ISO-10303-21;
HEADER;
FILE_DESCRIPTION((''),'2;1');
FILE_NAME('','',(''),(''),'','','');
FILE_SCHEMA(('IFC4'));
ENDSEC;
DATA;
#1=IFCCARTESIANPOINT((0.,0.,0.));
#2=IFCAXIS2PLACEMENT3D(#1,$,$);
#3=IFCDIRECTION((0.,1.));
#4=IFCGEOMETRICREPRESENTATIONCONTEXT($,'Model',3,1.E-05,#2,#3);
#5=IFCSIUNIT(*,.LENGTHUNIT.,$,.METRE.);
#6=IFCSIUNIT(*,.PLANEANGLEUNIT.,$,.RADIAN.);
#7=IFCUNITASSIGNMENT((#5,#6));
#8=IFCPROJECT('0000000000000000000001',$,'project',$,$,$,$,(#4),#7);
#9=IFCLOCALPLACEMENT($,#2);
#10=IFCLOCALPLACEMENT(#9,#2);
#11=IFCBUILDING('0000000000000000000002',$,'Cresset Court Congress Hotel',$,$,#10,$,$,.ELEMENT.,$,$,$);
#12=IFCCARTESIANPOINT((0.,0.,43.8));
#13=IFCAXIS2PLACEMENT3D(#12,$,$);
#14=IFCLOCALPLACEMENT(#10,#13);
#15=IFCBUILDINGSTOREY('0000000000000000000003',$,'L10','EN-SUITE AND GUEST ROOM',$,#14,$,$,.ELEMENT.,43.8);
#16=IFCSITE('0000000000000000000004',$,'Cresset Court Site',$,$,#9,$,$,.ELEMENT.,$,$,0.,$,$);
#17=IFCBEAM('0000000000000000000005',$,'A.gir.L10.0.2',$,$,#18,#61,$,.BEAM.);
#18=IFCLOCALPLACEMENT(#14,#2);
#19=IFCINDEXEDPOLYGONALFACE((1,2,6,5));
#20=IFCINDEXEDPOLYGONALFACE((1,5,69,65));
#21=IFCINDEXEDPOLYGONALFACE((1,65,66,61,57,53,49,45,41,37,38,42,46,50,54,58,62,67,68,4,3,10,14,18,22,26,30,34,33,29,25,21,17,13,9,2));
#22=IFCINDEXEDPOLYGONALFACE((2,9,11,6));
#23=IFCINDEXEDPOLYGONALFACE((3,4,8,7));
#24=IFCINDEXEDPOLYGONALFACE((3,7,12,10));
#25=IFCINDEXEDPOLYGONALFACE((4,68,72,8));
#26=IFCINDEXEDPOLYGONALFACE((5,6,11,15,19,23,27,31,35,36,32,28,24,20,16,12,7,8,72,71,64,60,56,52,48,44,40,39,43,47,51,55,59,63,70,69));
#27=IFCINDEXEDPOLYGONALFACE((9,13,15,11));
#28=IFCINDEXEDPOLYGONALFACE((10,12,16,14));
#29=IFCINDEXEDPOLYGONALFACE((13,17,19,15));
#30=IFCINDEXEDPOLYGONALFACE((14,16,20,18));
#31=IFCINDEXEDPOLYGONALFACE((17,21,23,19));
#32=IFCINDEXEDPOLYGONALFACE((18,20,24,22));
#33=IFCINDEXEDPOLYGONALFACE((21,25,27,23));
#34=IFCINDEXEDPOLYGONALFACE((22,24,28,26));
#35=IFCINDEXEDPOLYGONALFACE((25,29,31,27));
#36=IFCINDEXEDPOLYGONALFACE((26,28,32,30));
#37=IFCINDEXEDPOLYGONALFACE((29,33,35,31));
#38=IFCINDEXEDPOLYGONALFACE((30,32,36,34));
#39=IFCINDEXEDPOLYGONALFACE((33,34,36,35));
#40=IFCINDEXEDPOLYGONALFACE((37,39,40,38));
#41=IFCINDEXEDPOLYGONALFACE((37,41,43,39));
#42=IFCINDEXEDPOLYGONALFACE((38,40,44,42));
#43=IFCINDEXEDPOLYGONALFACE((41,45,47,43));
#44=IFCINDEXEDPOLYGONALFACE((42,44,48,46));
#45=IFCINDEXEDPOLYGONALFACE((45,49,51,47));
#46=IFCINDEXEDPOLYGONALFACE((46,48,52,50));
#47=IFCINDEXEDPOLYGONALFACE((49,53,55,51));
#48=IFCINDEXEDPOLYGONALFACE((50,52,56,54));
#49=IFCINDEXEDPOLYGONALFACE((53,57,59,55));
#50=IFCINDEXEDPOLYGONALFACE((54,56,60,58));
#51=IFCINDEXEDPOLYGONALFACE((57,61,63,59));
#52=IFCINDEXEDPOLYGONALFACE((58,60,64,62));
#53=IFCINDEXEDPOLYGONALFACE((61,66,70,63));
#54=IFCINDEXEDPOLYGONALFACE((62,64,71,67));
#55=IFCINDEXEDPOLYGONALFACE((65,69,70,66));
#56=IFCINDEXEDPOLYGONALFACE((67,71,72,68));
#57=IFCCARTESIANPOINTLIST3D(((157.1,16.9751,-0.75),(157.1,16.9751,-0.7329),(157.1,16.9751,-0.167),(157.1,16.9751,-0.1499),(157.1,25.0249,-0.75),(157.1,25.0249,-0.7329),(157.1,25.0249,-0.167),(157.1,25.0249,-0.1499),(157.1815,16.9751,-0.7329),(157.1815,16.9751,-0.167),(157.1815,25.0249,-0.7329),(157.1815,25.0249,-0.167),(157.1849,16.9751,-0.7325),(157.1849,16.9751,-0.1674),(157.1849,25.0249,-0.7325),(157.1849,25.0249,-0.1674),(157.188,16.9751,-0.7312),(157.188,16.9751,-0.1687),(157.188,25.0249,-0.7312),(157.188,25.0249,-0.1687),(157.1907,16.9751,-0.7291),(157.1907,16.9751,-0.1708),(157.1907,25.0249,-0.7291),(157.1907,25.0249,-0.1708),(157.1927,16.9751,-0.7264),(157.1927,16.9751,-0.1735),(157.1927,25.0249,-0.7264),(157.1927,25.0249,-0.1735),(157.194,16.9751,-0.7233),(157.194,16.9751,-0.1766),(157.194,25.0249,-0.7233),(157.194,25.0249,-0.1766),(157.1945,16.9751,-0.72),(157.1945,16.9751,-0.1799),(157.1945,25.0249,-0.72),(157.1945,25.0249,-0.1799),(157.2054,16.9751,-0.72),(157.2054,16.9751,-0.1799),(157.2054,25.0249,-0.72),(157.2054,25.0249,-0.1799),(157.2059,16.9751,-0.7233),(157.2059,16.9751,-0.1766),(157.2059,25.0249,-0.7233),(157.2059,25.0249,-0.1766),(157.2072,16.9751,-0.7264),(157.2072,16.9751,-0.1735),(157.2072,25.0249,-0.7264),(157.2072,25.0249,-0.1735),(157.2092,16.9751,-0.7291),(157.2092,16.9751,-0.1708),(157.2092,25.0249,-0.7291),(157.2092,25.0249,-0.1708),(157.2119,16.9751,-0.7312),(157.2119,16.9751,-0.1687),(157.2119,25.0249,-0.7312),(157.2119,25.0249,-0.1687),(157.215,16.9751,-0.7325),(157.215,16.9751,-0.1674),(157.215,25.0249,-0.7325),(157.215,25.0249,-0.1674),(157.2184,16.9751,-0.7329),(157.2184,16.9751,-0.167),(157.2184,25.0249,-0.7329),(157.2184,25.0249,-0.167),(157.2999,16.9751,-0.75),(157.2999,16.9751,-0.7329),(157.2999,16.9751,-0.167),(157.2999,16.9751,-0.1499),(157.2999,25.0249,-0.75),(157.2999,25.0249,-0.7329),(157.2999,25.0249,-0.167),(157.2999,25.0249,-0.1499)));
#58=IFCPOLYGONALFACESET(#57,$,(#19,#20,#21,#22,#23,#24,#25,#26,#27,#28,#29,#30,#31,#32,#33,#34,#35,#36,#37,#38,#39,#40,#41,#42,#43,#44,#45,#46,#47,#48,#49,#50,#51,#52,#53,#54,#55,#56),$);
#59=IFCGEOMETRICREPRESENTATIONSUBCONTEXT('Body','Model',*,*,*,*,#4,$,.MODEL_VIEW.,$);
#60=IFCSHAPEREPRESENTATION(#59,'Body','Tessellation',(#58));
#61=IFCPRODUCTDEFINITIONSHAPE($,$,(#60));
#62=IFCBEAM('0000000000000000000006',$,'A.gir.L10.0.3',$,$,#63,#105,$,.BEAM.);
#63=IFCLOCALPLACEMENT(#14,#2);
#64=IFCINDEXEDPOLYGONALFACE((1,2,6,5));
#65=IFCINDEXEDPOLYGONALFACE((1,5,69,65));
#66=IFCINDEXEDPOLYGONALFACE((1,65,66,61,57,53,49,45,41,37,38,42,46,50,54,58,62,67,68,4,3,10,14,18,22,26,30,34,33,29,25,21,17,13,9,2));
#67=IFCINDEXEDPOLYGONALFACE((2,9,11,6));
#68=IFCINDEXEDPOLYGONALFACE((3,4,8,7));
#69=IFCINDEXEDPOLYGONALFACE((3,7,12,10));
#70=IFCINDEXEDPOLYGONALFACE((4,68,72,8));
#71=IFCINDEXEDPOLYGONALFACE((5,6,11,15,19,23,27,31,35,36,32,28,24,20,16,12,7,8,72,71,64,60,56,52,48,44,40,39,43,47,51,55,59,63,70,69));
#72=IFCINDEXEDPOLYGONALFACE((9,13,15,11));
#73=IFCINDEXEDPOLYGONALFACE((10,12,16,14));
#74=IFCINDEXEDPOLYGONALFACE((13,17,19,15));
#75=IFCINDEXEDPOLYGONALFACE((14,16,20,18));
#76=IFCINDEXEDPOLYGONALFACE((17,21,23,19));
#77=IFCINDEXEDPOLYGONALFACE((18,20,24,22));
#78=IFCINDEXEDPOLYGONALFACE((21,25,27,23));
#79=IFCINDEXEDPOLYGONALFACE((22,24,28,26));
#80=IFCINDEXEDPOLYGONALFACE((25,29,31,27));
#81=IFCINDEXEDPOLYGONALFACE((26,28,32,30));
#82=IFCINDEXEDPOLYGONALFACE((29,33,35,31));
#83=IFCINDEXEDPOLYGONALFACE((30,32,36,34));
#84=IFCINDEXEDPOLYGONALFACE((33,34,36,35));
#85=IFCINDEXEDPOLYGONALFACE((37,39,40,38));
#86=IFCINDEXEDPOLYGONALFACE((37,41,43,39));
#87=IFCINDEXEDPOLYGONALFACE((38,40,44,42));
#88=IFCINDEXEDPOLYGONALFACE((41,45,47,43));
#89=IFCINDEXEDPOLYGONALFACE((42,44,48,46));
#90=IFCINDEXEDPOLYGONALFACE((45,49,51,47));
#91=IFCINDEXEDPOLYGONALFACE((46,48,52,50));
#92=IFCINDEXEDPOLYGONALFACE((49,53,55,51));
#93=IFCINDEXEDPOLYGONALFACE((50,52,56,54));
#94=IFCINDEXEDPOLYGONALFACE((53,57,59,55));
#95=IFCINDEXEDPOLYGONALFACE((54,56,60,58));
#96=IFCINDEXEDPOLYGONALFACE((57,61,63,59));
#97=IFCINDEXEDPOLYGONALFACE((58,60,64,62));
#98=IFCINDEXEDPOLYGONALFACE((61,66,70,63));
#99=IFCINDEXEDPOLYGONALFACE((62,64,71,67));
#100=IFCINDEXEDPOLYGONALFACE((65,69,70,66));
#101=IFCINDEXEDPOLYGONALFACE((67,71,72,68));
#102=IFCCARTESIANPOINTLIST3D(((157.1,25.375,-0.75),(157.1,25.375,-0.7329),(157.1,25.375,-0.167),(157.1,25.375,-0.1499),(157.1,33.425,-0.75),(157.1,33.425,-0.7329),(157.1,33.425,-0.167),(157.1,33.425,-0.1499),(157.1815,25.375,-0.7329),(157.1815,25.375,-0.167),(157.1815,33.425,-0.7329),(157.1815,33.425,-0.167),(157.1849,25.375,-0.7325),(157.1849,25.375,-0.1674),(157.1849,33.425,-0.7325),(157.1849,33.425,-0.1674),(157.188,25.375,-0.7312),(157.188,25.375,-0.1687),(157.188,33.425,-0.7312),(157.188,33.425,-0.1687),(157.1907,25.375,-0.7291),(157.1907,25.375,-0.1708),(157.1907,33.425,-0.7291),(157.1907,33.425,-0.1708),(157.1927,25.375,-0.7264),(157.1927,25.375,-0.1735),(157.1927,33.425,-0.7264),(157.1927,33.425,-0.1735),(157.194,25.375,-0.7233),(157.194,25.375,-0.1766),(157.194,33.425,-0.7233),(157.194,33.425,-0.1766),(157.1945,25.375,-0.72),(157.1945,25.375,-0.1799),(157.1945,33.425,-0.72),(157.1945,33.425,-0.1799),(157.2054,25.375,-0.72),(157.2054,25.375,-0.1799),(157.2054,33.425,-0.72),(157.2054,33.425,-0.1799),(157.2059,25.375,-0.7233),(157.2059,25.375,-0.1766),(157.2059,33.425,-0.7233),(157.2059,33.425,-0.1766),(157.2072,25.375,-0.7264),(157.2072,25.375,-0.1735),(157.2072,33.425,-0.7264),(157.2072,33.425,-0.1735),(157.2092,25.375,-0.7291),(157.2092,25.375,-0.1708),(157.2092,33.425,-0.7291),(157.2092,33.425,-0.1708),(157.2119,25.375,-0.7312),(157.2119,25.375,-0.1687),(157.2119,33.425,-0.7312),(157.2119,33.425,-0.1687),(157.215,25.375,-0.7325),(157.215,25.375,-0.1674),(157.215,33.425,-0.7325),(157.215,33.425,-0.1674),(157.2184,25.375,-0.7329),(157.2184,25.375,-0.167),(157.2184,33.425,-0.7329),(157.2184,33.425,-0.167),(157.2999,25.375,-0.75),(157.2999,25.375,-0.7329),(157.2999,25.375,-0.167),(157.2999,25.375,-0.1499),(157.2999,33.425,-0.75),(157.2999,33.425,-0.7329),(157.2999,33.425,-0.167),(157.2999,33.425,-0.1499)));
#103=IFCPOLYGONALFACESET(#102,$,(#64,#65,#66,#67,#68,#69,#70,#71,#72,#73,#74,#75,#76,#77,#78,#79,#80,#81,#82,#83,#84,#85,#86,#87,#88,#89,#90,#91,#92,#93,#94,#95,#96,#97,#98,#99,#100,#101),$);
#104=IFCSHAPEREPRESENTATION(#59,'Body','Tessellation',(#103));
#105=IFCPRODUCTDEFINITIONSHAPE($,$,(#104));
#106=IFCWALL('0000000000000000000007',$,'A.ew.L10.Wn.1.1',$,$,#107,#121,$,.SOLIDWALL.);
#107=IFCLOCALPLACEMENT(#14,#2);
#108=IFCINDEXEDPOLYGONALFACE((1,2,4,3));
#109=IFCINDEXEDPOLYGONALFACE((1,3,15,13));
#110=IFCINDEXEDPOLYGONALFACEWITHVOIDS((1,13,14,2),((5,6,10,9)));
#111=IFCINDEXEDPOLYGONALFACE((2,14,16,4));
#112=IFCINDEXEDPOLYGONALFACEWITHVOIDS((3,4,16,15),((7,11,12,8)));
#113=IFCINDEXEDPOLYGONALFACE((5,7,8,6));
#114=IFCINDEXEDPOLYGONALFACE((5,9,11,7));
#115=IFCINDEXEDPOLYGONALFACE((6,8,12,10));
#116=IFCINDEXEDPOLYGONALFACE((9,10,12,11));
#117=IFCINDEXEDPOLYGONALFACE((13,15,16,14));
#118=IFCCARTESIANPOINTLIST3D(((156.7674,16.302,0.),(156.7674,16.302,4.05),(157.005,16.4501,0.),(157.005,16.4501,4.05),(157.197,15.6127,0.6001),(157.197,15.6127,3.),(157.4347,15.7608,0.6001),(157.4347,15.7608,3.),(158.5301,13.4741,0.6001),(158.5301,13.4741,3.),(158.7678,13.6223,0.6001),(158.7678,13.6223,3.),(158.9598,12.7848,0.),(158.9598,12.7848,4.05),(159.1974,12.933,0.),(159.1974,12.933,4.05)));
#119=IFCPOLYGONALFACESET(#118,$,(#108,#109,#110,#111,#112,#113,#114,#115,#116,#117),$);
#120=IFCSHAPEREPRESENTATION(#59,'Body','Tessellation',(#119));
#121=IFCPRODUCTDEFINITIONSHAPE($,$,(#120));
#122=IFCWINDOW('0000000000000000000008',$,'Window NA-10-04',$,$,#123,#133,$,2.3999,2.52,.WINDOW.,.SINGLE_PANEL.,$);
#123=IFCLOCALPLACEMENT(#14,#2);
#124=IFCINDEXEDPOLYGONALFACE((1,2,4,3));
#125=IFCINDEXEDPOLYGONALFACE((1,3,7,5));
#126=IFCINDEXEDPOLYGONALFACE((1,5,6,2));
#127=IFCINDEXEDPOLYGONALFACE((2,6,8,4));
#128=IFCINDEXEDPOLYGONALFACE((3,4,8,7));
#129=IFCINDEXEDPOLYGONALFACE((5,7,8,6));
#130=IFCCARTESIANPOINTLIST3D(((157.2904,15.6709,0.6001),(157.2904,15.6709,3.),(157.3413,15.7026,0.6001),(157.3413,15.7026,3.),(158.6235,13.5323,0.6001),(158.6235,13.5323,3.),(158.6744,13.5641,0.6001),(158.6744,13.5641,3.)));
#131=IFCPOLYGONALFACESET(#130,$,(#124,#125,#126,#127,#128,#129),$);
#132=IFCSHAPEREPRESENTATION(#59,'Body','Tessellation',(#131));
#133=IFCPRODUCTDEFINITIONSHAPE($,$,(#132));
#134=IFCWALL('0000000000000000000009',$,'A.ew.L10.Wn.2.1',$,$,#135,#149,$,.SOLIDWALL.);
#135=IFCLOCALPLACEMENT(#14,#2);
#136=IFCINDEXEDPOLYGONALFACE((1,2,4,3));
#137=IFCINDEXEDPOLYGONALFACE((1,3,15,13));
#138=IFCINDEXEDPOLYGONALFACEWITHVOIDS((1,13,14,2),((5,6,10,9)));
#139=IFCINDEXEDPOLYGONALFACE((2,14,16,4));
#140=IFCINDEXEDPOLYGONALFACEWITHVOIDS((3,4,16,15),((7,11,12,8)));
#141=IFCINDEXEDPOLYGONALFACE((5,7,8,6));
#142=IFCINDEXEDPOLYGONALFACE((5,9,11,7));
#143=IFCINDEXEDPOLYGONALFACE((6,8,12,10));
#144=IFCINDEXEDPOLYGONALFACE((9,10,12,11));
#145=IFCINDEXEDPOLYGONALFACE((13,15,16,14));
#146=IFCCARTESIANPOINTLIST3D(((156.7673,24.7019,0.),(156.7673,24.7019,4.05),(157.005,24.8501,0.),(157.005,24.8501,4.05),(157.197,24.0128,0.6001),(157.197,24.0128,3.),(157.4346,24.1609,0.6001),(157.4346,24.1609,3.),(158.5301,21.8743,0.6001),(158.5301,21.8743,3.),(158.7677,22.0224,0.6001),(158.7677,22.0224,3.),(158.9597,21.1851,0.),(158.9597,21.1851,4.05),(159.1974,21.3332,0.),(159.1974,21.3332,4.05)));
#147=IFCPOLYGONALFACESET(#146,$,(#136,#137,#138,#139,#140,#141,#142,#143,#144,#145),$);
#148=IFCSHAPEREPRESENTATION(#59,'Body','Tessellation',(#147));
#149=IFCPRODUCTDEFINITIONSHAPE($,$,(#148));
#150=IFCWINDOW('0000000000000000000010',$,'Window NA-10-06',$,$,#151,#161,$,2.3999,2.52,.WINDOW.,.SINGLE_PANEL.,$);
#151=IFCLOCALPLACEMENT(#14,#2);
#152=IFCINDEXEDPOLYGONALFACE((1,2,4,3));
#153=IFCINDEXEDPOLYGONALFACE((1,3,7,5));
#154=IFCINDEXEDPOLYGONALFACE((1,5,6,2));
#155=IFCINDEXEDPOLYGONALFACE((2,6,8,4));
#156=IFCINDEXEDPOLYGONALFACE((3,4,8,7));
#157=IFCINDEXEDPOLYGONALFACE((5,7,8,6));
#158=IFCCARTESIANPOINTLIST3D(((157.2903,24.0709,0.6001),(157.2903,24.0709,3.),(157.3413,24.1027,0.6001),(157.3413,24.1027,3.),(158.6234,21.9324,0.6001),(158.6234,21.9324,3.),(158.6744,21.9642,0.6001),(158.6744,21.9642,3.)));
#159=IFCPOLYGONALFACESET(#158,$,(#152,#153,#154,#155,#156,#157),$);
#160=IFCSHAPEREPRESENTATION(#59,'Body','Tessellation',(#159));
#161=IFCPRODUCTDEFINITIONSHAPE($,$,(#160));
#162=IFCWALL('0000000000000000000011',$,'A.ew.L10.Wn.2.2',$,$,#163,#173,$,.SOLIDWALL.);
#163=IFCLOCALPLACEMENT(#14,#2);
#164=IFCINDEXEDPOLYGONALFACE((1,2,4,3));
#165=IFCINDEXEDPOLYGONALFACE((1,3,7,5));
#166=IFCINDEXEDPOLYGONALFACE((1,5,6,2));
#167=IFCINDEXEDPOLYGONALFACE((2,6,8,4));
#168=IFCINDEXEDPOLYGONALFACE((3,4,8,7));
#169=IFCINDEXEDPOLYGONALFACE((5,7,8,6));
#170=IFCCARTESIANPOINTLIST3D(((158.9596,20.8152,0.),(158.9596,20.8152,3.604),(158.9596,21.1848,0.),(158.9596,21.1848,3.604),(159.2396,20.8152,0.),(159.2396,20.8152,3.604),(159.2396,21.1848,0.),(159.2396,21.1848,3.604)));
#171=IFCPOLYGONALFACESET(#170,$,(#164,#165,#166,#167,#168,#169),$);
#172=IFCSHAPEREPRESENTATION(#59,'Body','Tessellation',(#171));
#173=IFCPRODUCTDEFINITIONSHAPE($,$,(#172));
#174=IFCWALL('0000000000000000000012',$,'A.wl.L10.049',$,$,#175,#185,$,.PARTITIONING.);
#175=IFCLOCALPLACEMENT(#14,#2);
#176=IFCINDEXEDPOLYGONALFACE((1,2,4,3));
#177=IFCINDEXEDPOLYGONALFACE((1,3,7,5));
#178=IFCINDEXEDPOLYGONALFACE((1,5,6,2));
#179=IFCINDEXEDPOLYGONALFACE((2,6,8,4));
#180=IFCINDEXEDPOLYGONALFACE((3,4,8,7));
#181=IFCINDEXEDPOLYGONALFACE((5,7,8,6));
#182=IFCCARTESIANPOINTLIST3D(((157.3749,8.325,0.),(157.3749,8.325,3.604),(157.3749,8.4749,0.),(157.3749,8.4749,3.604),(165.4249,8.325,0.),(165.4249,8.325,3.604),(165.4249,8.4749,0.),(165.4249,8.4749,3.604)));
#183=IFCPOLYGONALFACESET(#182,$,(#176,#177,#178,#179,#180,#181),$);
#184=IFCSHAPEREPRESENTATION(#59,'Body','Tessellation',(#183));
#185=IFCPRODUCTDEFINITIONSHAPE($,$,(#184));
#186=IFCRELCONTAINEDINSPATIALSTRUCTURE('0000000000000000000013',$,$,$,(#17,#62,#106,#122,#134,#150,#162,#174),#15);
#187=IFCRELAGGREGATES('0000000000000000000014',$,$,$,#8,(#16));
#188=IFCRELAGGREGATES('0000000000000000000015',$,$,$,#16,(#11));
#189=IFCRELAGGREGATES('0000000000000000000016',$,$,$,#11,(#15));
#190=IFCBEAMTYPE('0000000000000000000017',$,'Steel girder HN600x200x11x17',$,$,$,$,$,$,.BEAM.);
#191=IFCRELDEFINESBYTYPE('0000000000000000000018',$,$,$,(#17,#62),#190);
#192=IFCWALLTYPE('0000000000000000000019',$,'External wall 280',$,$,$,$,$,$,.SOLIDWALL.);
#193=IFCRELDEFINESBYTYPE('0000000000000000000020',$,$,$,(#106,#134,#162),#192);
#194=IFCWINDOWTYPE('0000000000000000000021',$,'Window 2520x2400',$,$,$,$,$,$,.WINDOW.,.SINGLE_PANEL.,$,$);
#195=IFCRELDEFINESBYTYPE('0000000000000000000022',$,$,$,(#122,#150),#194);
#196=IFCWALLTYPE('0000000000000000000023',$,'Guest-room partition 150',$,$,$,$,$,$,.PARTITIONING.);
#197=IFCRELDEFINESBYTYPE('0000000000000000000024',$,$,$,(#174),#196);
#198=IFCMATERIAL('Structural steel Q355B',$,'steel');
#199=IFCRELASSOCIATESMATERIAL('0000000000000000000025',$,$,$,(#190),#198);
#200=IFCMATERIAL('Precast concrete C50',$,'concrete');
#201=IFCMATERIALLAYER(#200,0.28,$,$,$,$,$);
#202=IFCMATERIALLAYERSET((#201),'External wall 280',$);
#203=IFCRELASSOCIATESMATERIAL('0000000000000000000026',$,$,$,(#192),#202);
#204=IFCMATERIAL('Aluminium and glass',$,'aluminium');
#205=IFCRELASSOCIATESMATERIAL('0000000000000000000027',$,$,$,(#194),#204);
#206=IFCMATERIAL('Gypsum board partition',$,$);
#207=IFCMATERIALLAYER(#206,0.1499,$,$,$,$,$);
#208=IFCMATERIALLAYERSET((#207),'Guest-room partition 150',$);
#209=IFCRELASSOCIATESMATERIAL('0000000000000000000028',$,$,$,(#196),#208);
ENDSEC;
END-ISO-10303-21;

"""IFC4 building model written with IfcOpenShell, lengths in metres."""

from ifc_helpers import new_model, si_unit, direction, frame, frame_2d, origin, origin_2d, place, context, subcontext, project, spatial, rectangle, i_section, extrude, material, layer, layer_set, material_profile, profile_set, type_object, element, fill, save


model = new_model("IFC4")

# Units and contexts
model_context = context("Model", 3, precision=1e-05, world=origin(), true_north=direction((0.0, 1.0)))
body_context = subcontext(model_context, "Body", "Model", "MODEL_VIEW")
ifc_project = project(units=[si_unit("LENGTHUNIT", "METRE"), si_unit("PLANEANGLEUNIT", "RADIAN")], contexts=[model_context])

# Site, building, storey
site_placement = place(None, origin())
site = spatial("IfcSite", under=ifc_project, at=site_placement, Name="Cresset Court Site", CompositionType="ELEMENT", RefElevation=0.0)
building_placement = place(site_placement, origin())
building = spatial("IfcBuilding", under=site, at=building_placement, Name="Cresset Court Congress Hotel", CompositionType="ELEMENT")
storey_placement = place(building_placement, frame((0.0, 0.0, 43.8)))
storey = spatial("IfcBuildingStorey", under=building, at=storey_placement, Name="L10", Description="EN-SUITE AND GUEST ROOM", CompositionType="ELEMENT", Elevation=43.8)

# Beams
ifc_material_1 = material(Name="Structural steel Q355B", Category="steel")
ifc_material_profile_1 = material_profile(ifc_material_1, i_section(OverallWidth=0.2, OverallDepth=0.6001, WebThickness=0.011, FlangeThickness=0.0171, FilletRadius=0.0129, at=origin_2d()), Name="HN600x200x11x17")
ifc_profile_set_1 = profile_set([ifc_material_profile_1], Name="Structural steel Q355B")
beam_type_1 = type_object("IfcBeamType", Name="Steel girder HN600x200x11x17", PredefinedType="BEAM", material=ifc_profile_set_1)
beam_1_placement = place(storey_placement, frame((157.2, 16.9751, -0.45), z_axis=(0.0, 1.0, 0.0), x_axis=(-1.0, 0.0, 0.0)))
element("IfcBeam", 1, at=beam_1_placement, inside=storey, type_object=beam_type_1, Name="A.gir.L10.0.2", PredefinedType="BEAM", context=body_context, shape_type="SweptSolid", body=[
    extrude(i_section(OverallWidth=0.2, OverallDepth=0.6001, WebThickness=0.011, FlangeThickness=0.0171, FilletRadius=0.0129, at=origin_2d()), origin(), (0.0, 0.0, 1.0), 8.0498),
])
beam_2_placement = place(storey_placement, frame((157.2, 25.375, -0.45), z_axis=(0.0, 1.0, 0.0), x_axis=(-1.0, 0.0, 0.0)))
element("IfcBeam", 2, at=beam_2_placement, inside=storey, type_object=beam_type_1, Name="A.gir.L10.0.3", PredefinedType="BEAM", context=body_context, shape_type="SweptSolid", body=[
    extrude(i_section(OverallWidth=0.2, OverallDepth=0.6001, WebThickness=0.011, FlangeThickness=0.0171, FilletRadius=0.0129, at=origin_2d()), origin(), (0.0, 0.0, 1.0), 8.05),
])

# Wall, opening, window
ifc_material_2 = material(Name="Precast concrete C50", Category="concrete")
ifc_layer_1 = layer(ifc_material_2, 0.28)
ifc_layer_set_1 = layer_set([ifc_layer_1], Name="External wall 280")
wall_type_1 = type_object("IfcWallType", Name="External wall 280", PredefinedType="SOLIDWALL", material=ifc_layer_set_1)
wall_1_placement = place(storey_placement, frame((159.0786, 12.8589, 0.0), z_axis=(0.0, 0.0, 1.0), x_axis=(-0.528993, 0.848626, 0.0)))
wall_1 = element("IfcWall", 3, at=wall_1_placement, inside=storey, type_object=wall_type_1, Name="A.ew.L10.Wn.1.1", PredefinedType="SOLIDWALL", context=body_context, shape_type="SweptSolid", body=[
    extrude(rectangle(XDim=4.1445, YDim=0.28, at=frame_2d((2.0723, 0.0))), origin(), (0.0, 0.0, 1.0), 4.05),
])
opening_1_placement = place(wall_1_placement, frame((0.8123, 0.0, 0.6001)))
opening_1 = element("IfcOpeningElement", 4, at=opening_1_placement, cuts=wall_1, PredefinedType="OPENING", context=body_context, shape_type="SweptSolid", body=[
    extrude(rectangle(XDim=2.52, YDim=2.3999, at=frame_2d((1.26, 1.2))), frame((0.0, 0.1499, 0.0), z_axis=(0.0, -1.0, 0.0), x_axis=(1.0, 0.0, 0.0)), (0.0, 0.0, 1.0), 0.3),
])
ifc_material_3 = material(Name="Aluminium and glass", Category="aluminium")
window_type = type_object("IfcWindowType", Name="Window 2520x2400", PartitioningType="SINGLE_PANEL", PredefinedType="WINDOW", material=ifc_material_3)
window_1_placement = place(opening_1_placement, origin())
window_1 = element("IfcWindow", 5, at=window_1_placement, inside=storey, type_object=window_type, Name="Window NA-10-04", OverallHeight=2.3999, OverallWidth=2.52, PartitioningType="SINGLE_PANEL", PredefinedType="WINDOW", context=body_context, shape_type="SweptSolid", body=[
    extrude(rectangle(XDim=2.52, YDim=2.3999, at=frame_2d((1.26, 1.2))), frame((0.0, 0.03, 0.0), z_axis=(0.0, -1.0, 0.0), x_axis=(1.0, 0.0, 0.0)), (0.0, 0.0, 1.0), 0.0601),
])
fill(opening_1, window_1)

# Wall, opening, window
wall_2_placement = place(storey_placement, frame((159.0786, 21.259, 0.0), z_axis=(0.0, 0.0, 1.0), x_axis=(-0.529019, 0.84861, 0.0)))
wall_2 = element("IfcWall", 6, at=wall_2_placement, inside=storey, type_object=wall_type_1, Name="A.ew.L10.Wn.2.1", PredefinedType="SOLIDWALL", context=body_context, shape_type="SweptSolid", body=[
    extrude(rectangle(XDim=4.1443, YDim=0.28, at=frame_2d((2.0723, 0.0))), origin(), (0.0, 0.0, 1.0), 4.05),
])
opening_2_placement = place(wall_2_placement, frame((0.8123, 0.0, 0.6001)))
opening_2 = element("IfcOpeningElement", 7, at=opening_2_placement, cuts=wall_2, PredefinedType="OPENING", context=body_context, shape_type="SweptSolid", body=[
    extrude(rectangle(XDim=2.52, YDim=2.3999, at=frame_2d((1.26, 1.2))), frame((0.0, 0.1499, 0.0), z_axis=(0.0, -1.0, 0.0), x_axis=(1.0, 0.0, 0.0)), (0.0, 0.0, 1.0), 0.3),
])
window_2_placement = place(opening_2_placement, origin())
window_2 = element("IfcWindow", 8, at=window_2_placement, inside=storey, type_object=window_type, Name="Window NA-10-06", OverallHeight=2.3999, OverallWidth=2.52, PartitioningType="SINGLE_PANEL", PredefinedType="WINDOW", context=body_context, shape_type="SweptSolid", body=[
    extrude(rectangle(XDim=2.52, YDim=2.3999, at=frame_2d((1.26, 1.2))), frame((0.0, 0.03, 0.0), z_axis=(0.0, -1.0, 0.0), x_axis=(1.0, 0.0, 0.0)), (0.0, 0.0, 1.0), 0.0601),
])
fill(opening_2, window_2)

# Walls
wall_3_placement = place(storey_placement, frame((159.0996, 20.8152, 0.0), z_axis=(0.0, 0.0, 1.0), x_axis=(0.0, 1.0, 0.0)))
element("IfcWall", 9, at=wall_3_placement, inside=storey, type_object=wall_type_1, Name="A.ew.L10.Wn.2.2", PredefinedType="SOLIDWALL", context=body_context, shape_type="SweptSolid", body=[
    extrude(rectangle(XDim=0.3696, YDim=0.28, at=frame_2d((0.1848, 0.0))), origin(), (0.0, 0.0, 1.0), 3.604),
])
ifc_material_4 = material(Name="Gypsum board partition")
ifc_layer_2 = layer(ifc_material_4, 0.1499)
ifc_layer_set_2 = layer_set([ifc_layer_2], Name="Guest-room partition 150")
wall_type_2 = type_object("IfcWallType", Name="Guest-room partition 150", PredefinedType="PARTITIONING", material=ifc_layer_set_2)
for number, where, z_axis, x_axis, name in (
    (10, (157.375, 8.3999, 0.0), (0.0, 0.0, 1.0), (1.0, 0.0, 0.0), "A.wl.L10.049"),
):
    element("IfcWall", number, at=place(storey_placement, frame(where, z_axis=z_axis, x_axis=x_axis)), inside=storey, type_object=wall_type_2, Name=name, PredefinedType="PARTITIONING", context=body_context, shape_type="SweptSolid", body=[
        extrude(rectangle(XDim=8.05, YDim=0.1499, at=frame_2d((4.0249, 0.0))), origin(), (0.0, 0.0, 1.0), 3.604),
    ])

save(model, "model.ifc")
